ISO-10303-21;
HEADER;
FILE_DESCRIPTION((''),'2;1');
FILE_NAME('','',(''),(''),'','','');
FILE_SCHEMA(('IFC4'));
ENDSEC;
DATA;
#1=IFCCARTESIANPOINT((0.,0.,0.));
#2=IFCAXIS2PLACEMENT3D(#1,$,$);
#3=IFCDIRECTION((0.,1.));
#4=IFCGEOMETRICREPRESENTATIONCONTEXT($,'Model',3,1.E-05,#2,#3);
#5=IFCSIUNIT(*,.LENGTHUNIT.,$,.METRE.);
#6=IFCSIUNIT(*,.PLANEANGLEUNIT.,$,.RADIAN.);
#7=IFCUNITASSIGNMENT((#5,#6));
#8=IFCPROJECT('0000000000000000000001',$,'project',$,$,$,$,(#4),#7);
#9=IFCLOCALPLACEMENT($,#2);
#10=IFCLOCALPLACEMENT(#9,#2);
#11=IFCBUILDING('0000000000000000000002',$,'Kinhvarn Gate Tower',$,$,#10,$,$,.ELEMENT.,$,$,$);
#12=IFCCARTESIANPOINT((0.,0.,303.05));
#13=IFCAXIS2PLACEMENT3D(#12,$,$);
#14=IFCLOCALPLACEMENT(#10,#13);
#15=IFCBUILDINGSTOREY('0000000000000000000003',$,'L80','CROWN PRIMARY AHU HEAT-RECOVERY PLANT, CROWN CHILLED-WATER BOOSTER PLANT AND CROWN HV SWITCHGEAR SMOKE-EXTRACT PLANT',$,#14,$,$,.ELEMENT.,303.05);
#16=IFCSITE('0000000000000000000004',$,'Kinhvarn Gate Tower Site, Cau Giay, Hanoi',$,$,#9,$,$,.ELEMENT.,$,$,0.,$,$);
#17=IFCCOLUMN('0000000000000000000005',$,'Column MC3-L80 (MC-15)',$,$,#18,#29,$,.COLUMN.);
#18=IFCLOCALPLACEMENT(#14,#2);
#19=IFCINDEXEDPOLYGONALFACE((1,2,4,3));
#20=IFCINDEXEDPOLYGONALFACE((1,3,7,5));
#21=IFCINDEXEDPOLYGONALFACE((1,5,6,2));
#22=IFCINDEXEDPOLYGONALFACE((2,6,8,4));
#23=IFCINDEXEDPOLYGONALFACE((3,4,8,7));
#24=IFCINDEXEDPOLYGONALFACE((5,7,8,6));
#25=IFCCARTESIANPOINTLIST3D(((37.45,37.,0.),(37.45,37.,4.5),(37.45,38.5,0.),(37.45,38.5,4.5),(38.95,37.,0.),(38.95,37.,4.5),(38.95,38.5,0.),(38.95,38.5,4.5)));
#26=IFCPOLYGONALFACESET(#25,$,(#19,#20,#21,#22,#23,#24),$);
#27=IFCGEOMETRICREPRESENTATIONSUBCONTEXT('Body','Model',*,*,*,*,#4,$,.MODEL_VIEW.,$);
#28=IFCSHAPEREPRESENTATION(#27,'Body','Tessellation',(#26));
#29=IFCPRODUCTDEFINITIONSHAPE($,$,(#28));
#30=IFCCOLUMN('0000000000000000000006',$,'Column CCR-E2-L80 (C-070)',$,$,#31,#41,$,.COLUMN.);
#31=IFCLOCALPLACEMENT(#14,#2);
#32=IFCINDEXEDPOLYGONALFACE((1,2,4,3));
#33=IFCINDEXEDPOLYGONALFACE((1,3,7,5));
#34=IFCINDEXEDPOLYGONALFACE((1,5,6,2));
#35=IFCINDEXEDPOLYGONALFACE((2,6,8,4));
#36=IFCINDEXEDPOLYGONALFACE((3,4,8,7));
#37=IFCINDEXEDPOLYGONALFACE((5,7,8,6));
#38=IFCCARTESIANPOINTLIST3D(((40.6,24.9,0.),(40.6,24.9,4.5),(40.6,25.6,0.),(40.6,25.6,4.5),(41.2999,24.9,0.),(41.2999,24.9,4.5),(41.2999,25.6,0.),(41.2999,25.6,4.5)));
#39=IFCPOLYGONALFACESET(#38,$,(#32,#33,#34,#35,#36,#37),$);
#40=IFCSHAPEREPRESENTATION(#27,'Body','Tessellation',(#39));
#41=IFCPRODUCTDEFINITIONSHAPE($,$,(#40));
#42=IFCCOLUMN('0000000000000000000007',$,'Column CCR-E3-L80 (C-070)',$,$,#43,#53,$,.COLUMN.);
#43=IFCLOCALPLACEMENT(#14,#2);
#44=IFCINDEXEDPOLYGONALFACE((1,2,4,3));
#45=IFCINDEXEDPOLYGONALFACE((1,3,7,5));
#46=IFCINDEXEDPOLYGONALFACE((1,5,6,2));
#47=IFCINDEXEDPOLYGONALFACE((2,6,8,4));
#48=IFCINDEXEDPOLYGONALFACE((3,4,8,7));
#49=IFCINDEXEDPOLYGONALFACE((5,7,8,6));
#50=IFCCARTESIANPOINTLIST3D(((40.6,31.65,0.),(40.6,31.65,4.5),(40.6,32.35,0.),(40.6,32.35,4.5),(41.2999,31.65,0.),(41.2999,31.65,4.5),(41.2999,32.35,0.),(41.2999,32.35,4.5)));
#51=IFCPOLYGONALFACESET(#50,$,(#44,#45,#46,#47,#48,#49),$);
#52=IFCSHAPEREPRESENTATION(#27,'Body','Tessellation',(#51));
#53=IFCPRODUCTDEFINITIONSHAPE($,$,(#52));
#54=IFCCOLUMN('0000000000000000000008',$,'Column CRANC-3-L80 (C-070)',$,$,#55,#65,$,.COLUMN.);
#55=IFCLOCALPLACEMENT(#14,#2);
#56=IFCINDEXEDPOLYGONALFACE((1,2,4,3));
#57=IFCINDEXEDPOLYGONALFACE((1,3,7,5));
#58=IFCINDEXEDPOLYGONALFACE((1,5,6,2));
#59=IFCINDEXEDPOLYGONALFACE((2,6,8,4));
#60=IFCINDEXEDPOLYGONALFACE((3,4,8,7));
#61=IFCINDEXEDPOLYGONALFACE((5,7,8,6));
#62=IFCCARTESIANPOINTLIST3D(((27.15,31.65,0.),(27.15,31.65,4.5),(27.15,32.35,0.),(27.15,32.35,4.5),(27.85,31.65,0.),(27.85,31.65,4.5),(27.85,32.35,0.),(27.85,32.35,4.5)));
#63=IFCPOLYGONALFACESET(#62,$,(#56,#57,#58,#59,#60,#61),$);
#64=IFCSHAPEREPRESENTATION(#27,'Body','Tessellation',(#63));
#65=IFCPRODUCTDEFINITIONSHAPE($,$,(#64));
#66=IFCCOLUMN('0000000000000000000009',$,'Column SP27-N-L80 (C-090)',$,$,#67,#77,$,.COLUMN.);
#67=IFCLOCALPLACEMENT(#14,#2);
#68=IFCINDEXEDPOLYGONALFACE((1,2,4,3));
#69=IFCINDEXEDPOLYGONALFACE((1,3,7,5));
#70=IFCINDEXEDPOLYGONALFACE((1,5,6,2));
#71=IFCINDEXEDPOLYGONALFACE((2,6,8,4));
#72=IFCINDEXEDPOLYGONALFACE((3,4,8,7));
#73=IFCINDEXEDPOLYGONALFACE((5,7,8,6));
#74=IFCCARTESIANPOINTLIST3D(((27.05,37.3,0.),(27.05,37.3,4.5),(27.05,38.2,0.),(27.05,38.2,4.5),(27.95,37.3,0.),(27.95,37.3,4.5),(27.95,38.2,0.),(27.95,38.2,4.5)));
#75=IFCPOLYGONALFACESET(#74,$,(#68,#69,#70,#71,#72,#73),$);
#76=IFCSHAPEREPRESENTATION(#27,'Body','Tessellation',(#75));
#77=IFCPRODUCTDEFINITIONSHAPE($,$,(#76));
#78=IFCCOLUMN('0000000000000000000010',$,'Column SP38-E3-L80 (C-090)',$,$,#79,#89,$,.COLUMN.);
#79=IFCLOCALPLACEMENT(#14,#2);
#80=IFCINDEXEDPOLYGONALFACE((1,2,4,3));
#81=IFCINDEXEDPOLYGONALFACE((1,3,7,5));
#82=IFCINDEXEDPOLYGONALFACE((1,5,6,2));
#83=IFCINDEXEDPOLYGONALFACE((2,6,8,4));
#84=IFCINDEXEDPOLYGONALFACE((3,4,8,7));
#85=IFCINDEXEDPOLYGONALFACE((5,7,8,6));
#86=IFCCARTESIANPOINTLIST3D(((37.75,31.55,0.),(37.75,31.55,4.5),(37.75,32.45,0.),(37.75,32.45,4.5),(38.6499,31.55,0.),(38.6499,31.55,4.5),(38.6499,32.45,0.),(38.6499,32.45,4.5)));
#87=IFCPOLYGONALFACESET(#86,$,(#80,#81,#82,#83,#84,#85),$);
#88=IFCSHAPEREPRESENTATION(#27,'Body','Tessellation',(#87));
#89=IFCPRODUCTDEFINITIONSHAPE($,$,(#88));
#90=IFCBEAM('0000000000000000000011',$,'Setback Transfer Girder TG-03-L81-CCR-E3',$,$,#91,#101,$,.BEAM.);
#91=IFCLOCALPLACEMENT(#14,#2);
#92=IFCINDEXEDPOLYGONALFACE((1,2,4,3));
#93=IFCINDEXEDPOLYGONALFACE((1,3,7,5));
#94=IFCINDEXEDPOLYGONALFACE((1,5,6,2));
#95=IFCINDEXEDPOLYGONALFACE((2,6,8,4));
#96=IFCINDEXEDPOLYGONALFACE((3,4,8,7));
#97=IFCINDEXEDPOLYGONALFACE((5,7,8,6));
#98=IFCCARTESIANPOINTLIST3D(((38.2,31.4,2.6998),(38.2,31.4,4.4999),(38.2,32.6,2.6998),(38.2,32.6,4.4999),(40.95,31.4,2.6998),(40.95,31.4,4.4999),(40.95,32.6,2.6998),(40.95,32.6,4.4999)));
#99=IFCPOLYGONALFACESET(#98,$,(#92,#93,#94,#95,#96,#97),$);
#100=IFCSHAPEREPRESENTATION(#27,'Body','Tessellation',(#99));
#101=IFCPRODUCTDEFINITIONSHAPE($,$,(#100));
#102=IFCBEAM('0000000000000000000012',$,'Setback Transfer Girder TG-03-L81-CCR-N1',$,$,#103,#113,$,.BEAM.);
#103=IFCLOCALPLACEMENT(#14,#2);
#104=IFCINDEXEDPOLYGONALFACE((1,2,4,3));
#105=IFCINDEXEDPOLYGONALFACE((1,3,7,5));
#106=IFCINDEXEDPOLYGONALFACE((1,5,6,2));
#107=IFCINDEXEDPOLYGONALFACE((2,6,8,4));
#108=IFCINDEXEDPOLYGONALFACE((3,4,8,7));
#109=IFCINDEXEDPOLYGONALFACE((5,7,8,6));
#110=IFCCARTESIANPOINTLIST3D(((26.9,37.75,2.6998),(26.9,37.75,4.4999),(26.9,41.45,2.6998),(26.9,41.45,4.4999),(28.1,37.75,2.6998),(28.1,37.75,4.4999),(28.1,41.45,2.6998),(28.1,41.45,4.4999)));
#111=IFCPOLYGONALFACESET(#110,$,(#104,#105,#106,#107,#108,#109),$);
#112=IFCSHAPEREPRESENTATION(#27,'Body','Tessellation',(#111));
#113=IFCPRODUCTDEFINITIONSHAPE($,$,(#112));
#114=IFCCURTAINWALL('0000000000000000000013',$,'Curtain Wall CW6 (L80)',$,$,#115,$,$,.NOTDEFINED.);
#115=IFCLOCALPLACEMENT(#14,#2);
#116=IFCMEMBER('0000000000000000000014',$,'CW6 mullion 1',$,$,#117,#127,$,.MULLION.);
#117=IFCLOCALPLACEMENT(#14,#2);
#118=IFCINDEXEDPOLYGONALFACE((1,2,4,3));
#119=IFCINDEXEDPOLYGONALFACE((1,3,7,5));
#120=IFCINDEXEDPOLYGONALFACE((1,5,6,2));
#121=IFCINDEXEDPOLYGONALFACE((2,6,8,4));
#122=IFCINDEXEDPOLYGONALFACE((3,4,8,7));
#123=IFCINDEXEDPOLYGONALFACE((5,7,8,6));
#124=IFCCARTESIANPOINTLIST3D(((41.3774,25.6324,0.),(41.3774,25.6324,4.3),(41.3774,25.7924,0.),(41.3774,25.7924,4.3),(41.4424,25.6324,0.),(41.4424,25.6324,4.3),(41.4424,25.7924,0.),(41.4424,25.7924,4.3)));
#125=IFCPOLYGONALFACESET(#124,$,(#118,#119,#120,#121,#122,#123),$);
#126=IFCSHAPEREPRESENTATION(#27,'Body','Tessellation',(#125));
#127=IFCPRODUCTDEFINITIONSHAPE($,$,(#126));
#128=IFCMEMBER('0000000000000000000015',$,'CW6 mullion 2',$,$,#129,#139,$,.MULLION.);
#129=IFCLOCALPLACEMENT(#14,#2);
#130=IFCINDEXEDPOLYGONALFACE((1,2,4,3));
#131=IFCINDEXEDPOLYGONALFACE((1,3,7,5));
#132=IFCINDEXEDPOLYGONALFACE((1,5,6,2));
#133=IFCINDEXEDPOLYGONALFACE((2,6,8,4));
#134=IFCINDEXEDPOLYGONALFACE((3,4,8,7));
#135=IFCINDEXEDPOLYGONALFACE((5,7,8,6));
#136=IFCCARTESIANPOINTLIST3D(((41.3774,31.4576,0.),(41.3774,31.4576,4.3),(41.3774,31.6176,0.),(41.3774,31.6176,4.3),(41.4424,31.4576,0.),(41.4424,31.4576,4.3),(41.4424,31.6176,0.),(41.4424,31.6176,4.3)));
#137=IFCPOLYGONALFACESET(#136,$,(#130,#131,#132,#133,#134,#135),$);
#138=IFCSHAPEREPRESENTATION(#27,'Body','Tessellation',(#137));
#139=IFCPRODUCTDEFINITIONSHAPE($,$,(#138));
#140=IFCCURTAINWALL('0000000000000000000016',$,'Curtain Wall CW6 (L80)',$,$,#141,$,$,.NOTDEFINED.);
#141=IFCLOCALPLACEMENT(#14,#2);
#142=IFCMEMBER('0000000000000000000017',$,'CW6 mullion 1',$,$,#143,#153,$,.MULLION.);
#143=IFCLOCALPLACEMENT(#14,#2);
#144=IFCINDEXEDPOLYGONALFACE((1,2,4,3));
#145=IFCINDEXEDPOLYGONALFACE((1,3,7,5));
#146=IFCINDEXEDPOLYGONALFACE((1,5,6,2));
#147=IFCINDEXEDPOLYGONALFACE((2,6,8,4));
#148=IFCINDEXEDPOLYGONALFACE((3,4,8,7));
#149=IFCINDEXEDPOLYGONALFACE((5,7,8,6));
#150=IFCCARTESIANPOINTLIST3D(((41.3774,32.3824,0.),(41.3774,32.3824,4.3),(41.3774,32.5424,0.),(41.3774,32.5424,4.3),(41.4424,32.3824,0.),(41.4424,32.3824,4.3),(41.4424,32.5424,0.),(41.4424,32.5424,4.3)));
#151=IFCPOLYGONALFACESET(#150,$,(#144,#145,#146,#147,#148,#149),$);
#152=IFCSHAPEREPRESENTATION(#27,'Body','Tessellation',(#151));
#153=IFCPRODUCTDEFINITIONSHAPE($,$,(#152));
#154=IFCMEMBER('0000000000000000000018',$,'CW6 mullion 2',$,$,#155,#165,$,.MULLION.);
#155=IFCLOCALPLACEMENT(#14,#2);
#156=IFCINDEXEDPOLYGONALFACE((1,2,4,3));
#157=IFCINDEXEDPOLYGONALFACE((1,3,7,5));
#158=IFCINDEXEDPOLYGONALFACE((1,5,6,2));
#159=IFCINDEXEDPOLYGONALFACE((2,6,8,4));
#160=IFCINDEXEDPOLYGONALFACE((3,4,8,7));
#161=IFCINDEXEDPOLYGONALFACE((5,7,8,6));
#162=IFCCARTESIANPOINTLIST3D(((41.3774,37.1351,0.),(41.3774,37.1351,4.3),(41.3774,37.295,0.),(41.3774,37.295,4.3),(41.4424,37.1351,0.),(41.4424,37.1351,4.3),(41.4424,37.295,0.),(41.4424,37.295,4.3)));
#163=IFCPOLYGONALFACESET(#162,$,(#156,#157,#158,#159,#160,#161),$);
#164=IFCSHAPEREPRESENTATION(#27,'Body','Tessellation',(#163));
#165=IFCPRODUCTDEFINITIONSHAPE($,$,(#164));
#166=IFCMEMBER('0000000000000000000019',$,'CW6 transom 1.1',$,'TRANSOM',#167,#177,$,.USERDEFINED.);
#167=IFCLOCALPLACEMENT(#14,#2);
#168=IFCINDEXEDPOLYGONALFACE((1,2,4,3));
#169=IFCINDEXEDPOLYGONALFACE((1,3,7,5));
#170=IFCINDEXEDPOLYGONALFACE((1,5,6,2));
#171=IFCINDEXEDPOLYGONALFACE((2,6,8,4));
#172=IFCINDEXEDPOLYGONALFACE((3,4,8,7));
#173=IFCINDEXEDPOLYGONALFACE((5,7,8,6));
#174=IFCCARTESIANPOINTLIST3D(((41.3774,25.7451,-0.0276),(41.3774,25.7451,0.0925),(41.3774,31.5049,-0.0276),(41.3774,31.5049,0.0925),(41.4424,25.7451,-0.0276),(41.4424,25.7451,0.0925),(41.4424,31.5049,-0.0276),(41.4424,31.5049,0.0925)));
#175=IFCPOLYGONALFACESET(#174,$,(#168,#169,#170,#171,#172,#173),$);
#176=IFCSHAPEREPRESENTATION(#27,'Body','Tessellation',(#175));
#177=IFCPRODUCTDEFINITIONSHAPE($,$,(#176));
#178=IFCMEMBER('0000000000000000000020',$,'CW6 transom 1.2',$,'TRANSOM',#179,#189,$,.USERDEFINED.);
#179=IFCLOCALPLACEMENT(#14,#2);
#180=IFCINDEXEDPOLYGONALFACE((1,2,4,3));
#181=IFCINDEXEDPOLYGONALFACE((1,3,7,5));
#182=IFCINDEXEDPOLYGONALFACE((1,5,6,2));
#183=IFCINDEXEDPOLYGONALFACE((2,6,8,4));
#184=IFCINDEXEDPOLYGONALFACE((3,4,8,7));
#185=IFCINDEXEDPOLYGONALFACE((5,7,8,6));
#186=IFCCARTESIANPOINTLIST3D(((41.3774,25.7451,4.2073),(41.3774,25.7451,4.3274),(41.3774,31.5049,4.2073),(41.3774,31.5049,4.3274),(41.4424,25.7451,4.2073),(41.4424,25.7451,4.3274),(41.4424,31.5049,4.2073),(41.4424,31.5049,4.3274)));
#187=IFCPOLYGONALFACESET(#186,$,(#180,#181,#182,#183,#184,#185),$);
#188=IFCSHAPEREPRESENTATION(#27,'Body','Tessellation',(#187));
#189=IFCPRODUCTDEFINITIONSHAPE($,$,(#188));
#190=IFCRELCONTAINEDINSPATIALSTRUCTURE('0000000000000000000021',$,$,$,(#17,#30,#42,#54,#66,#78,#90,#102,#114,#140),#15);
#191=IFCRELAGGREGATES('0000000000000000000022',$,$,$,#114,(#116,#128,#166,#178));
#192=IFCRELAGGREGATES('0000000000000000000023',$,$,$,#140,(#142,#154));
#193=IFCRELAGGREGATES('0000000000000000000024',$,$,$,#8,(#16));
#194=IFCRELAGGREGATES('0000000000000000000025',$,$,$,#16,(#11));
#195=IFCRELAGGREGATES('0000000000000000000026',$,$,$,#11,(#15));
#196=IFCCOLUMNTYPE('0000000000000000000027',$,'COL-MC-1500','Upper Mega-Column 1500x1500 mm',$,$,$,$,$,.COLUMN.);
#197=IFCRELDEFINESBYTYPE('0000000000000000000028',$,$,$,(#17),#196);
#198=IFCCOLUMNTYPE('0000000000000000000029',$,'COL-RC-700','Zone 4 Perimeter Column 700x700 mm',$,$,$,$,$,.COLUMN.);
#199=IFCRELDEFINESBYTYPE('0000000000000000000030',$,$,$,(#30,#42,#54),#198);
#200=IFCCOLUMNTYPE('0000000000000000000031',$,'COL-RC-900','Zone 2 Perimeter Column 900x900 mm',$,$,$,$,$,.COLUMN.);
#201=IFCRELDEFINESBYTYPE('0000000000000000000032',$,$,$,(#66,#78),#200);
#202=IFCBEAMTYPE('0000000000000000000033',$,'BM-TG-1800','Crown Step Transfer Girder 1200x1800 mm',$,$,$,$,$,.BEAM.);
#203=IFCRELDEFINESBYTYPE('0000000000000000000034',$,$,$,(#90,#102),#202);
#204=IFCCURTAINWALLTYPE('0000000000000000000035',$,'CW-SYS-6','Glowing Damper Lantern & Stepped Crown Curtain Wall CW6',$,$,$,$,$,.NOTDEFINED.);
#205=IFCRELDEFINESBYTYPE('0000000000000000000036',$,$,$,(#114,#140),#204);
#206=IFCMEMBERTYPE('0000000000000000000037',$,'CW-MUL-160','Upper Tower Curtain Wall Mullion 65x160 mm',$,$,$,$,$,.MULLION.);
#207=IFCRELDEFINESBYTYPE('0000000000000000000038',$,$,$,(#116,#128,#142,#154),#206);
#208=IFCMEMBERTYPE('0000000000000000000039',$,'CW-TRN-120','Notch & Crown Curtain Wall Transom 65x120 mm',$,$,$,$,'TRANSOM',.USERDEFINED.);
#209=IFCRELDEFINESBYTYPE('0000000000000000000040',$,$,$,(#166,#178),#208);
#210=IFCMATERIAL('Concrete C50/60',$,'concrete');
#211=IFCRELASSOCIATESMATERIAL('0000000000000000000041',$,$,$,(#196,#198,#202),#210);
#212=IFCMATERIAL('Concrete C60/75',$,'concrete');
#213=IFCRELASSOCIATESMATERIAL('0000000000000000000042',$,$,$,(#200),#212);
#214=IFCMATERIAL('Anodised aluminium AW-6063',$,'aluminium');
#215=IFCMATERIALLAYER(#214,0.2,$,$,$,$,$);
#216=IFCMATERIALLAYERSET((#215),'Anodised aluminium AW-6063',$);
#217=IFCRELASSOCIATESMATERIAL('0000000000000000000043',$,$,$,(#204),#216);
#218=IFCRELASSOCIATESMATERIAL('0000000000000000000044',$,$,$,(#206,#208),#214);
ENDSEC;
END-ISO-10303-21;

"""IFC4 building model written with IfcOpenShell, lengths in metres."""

from ifc_helpers import new_model, si_unit, direction, frame, origin, origin_2d, place, context, subcontext, project, spatial, rectangle, extrude, material, layer, layer_set, material_profile, profile_set, type_object, element, aggregate, save


model = new_model("IFC4")

# Units and contexts
model_context = context("Model", 3, precision=1e-05, world=origin(), true_north=direction((0.0, 1.0)))
body_context = subcontext(model_context, "Body", "Model", "MODEL_VIEW")
ifc_project = project(units=[si_unit("LENGTHUNIT", "METRE"), si_unit("PLANEANGLEUNIT", "RADIAN")], contexts=[model_context])

# Site, building, storey
site_placement = place(None, origin())
site = spatial("IfcSite", under=ifc_project, at=site_placement, Name="Kinhvarn Gate Tower Site, Cau Giay, Hanoi", CompositionType="ELEMENT", RefElevation=0.0)
building_placement = place(site_placement, origin())
building = spatial("IfcBuilding", under=site, at=building_placement, Name="Kinhvarn Gate Tower", CompositionType="ELEMENT")
storey_placement = place(building_placement, frame((0.0, 0.0, 303.05)))
storey = spatial("IfcBuildingStorey", under=building, at=storey_placement, Name="L80", Description="CROWN PRIMARY AHU HEAT-RECOVERY PLANT, CROWN CHILLED-WATER BOOSTER PLANT AND CROWN HV SWITCHGEAR SMOKE-EXTRACT PLANT", CompositionType="ELEMENT", Elevation=303.05)

# Columns
ifc_material_1 = material(Name="Concrete C50/60", Category="concrete")
ifc_material_profile_1 = material_profile(ifc_material_1, rectangle(XDim=1.5, YDim=1.5, at=origin_2d()), Name="RC 1500x1500")
ifc_profile_set_1 = profile_set([ifc_material_profile_1], Name="Concrete C50/60")
column_type_1 = type_object("IfcColumnType", Name="COL-MC-1500", Description="Upper Mega-Column 1500x1500 mm", PredefinedType="COLUMN", material=ifc_profile_set_1)
column_placement = place(storey_placement, frame((38.2, 37.75, 0.0), z_axis=(0.0, 0.0, 1.0), x_axis=(1.0, 0.0, 0.0)))
element("IfcColumn", 1, at=column_placement, inside=storey, type_object=column_type_1, Name="Column MC3-L80 (MC-15)", PredefinedType="COLUMN", context=body_context, shape_type="SweptSolid", body=[
    extrude(rectangle(XDim=1.5, YDim=1.5, at=origin_2d()), origin(), (0.0, 0.0, 1.0), 4.5),
])
ifc_material_profile_2 = material_profile(ifc_material_1, rectangle(XDim=0.7, YDim=0.7, at=origin_2d()), Name="RC 700x700")
ifc_profile_set_2 = profile_set([ifc_material_profile_2], Name="Concrete C50/60")
column_type_2 = type_object("IfcColumnType", Name="COL-RC-700", Description="Zone 4 Perimeter Column 700x700 mm", PredefinedType="COLUMN", material=ifc_profile_set_2)
for number, where, z_axis, x_axis, name in (
    (2, (40.95, 25.25, 0.0), (0.0, 0.0, 1.0), (1.0, 0.0, 0.0), "Column CCR-E2-L80 (C-070)"),
    (3, (40.95, 32.0, 0.0), (0.0, 0.0, 1.0), (1.0, 0.0, 0.0), "Column CCR-E3-L80 (C-070)"),
    (4, (27.5, 32.0, 0.0), (0.0, 0.0, 1.0), (1.0, 0.0, 0.0), "Column CRANC-3-L80 (C-070)"),
):
    element("IfcColumn", number, at=place(storey_placement, frame(where, z_axis=z_axis, x_axis=x_axis)), inside=storey, type_object=column_type_2, Name=name, PredefinedType="COLUMN", context=body_context, shape_type="SweptSolid", body=[
        extrude(rectangle(XDim=0.7, YDim=0.7, at=origin_2d()), origin(), (0.0, 0.0, 1.0), 4.5),
    ])
ifc_material_2 = material(Name="Concrete C60/75", Category="concrete")
ifc_material_profile_3 = material_profile(ifc_material_2, rectangle(XDim=0.8999, YDim=0.8999, at=origin_2d()), Name="RC 900x900")
ifc_profile_set_3 = profile_set([ifc_material_profile_3], Name="Concrete C60/75")
column_type_3 = type_object("IfcColumnType", Name="COL-RC-900", Description="Zone 2 Perimeter Column 900x900 mm", PredefinedType="COLUMN", material=ifc_profile_set_3)
for number, where, z_axis, x_axis, name in (
    (5, (27.5, 37.75, 0.0), (0.0, 0.0, 1.0), (1.0, 0.0, 0.0), "Column SP27-N-L80 (C-090)"),
    (6, (38.2, 32.0, 0.0), (0.0, 0.0, 1.0), (1.0, 0.0, 0.0), "Column SP38-E3-L80 (C-090)"),
):
    element("IfcColumn", number, at=place(storey_placement, frame(where, z_axis=z_axis, x_axis=x_axis)), inside=storey, type_object=column_type_3, Name=name, PredefinedType="COLUMN", context=body_context, shape_type="SweptSolid", body=[
        extrude(rectangle(XDim=0.8999, YDim=0.8999, at=origin_2d()), origin(), (0.0, 0.0, 1.0), 4.5),
    ])

# Beams
ifc_material_profile_4 = material_profile(ifc_material_1, rectangle(XDim=1.2, YDim=1.8, at=origin_2d()), Name="RC 1200x1800")
ifc_profile_set_4 = profile_set([ifc_material_profile_4], Name="Concrete C50/60")
beam_type_1 = type_object("IfcBeamType", Name="BM-TG-1800", Description="Crown Step Transfer Girder 1200x1800 mm", PredefinedType="BEAM", material=ifc_profile_set_4)
beam_1_placement = place(storey_placement, frame((38.2, 32.0, 3.5999), z_axis=(1.0, 0.0, 0.0), x_axis=(0.0, 1.0, 0.0)))
element("IfcBeam", 7, at=beam_1_placement, inside=storey, type_object=beam_type_1, Name="Setback Transfer Girder TG-03-L81-CCR-E3", PredefinedType="BEAM", context=body_context, shape_type="SweptSolid", body=[
    extrude(rectangle(XDim=1.2, YDim=1.8, at=origin_2d()), origin(), (0.0, 0.0, 1.0), 2.75),
])
beam_2_placement = place(storey_placement, frame((27.5, 37.75, 3.5999), z_axis=(0.0, 1.0, 0.0), x_axis=(-1.0, 0.0, 0.0)))
element("IfcBeam", 8, at=beam_2_placement, inside=storey, type_object=beam_type_1, Name="Setback Transfer Girder TG-03-L81-CCR-N1", PredefinedType="BEAM", context=body_context, shape_type="SweptSolid", body=[
    extrude(rectangle(XDim=1.2, YDim=1.8, at=origin_2d()), origin(), (0.0, 0.0, 1.0), 3.7),
])

# Curtain walls, members
ifc_material_3 = material(Name="Anodised aluminium AW-6063", Category="aluminium")
ifc_layer_1 = layer(ifc_material_3, 0.2)
ifc_layer_set_1 = layer_set([ifc_layer_1], Name="Anodised aluminium AW-6063")
curtain_wall_type = type_object("IfcCurtainWallType", Name="CW-SYS-6", Description="Glowing Damper Lantern & Stepped Crown Curtain Wall CW6", PredefinedType="NOTDEFINED", material=ifc_layer_set_1)
curtain_wall_1_placement = place(storey_placement, origin())
curtain_wall_1 = element("IfcCurtainWall", 9, at=curtain_wall_1_placement, inside=storey, type_object=curtain_wall_type, Name="Curtain Wall CW6 (L80)", PredefinedType="NOTDEFINED")
ifc_material_profile_5 = material_profile(ifc_material_3, rectangle(XDim=0.0649, YDim=0.1599, at=origin_2d()), Name="ALU 65x160")
ifc_profile_set_5 = profile_set([ifc_material_profile_5], Name="Anodised aluminium AW-6063")
member_type_1 = type_object("IfcMemberType", Name="CW-MUL-160", Description="Upper Tower Curtain Wall Mullion 65x160 mm", PredefinedType="MULLION", material=ifc_profile_set_5)
member_1_placement = place(storey_placement, frame((41.4099, 25.7124, 0.0), z_axis=(0.0, 0.0, 1.0), x_axis=(-1.0, 0.0, 0.0)))
member_1 = element("IfcMember", 10, at=member_1_placement, type_object=member_type_1, Name="CW6 mullion 1", PredefinedType="MULLION", context=body_context, shape_type="SweptSolid", body=[
    extrude(rectangle(XDim=0.0649, YDim=0.1599, at=origin_2d()), origin(), (0.0, 0.0, 1.0), 4.3),
])
member_2_placement = place(storey_placement, frame((41.4099, 31.5376, 0.0), z_axis=(0.0, 0.0, 1.0), x_axis=(-1.0, 0.0, 0.0)))
member_2 = element("IfcMember", 11, at=member_2_placement, type_object=member_type_1, Name="CW6 mullion 2", PredefinedType="MULLION", context=body_context, shape_type="SweptSolid", body=[
    extrude(rectangle(XDim=0.0649, YDim=0.1599, at=origin_2d()), origin(), (0.0, 0.0, 1.0), 4.3),
])
curtain_wall_2_placement = place(storey_placement, origin())
curtain_wall_2 = element("IfcCurtainWall", 12, at=curtain_wall_2_placement, inside=storey, type_object=curtain_wall_type, Name="Curtain Wall CW6 (L80)", PredefinedType="NOTDEFINED")
member_3_placement = place(storey_placement, frame((41.4099, 32.4624, 0.0), z_axis=(0.0, 0.0, 1.0), x_axis=(-1.0, 0.0, 0.0)))
member_3 = element("IfcMember", 13, at=member_3_placement, type_object=member_type_1, Name="CW6 mullion 1", PredefinedType="MULLION", context=body_context, shape_type="SweptSolid", body=[
    extrude(rectangle(XDim=0.0649, YDim=0.1599, at=origin_2d()), origin(), (0.0, 0.0, 1.0), 4.3),
])
member_4_placement = place(storey_placement, frame((41.4099, 37.2151, 0.0), z_axis=(0.0, 0.0, 1.0), x_axis=(-1.0, 0.0, 0.0)))
member_4 = element("IfcMember", 14, at=member_4_placement, type_object=member_type_1, Name="CW6 mullion 2", PredefinedType="MULLION", context=body_context, shape_type="SweptSolid", body=[
    extrude(rectangle(XDim=0.0649, YDim=0.1599, at=origin_2d()), origin(), (0.0, 0.0, 1.0), 4.3),
])

# Members
ifc_material_profile_6 = material_profile(ifc_material_3, rectangle(XDim=0.0649, YDim=0.1201, at=origin_2d()), Name="ALU 65x120")
ifc_profile_set_6 = profile_set([ifc_material_profile_6], Name="Anodised aluminium AW-6063")
member_type_2 = type_object("IfcMemberType", Name="CW-TRN-120", Description="Notch & Crown Curtain Wall Transom 65x120 mm", ElementType="TRANSOM", PredefinedType="USERDEFINED", material=ifc_profile_set_6)
member_5_placement = place(storey_placement, frame((41.4099, 25.7451, 0.0325), z_axis=(0.0, 1.0, 0.0), x_axis=(-1.0, 0.0, 0.0)))
member_5 = element("IfcMember", 15, at=member_5_placement, type_object=member_type_2, Name="CW6 transom 1.1", ObjectType="TRANSOM", PredefinedType="USERDEFINED", context=body_context, shape_type="SweptSolid", body=[
    extrude(rectangle(XDim=0.0649, YDim=0.1201, at=origin_2d()), origin(), (0.0, 0.0, 1.0), 5.7598),
])
member_6_placement = place(storey_placement, frame((41.4099, 25.7451, 4.2673), z_axis=(0.0, 1.0, 0.0), x_axis=(-1.0, 0.0, 0.0)))
member_6 = element("IfcMember", 16, at=member_6_placement, type_object=member_type_2, Name="CW6 transom 1.2", ObjectType="TRANSOM", PredefinedType="USERDEFINED", context=body_context, shape_type="SweptSolid", body=[
    extrude(rectangle(XDim=0.0649, YDim=0.1201, at=origin_2d()), origin(), (0.0, 0.0, 1.0), 5.7598),
])

aggregate(curtain_wall_1, [member_1, member_2, member_5, member_6])
aggregate(curtain_wall_2, [member_3, member_4])

save(model, "model.ifc")
